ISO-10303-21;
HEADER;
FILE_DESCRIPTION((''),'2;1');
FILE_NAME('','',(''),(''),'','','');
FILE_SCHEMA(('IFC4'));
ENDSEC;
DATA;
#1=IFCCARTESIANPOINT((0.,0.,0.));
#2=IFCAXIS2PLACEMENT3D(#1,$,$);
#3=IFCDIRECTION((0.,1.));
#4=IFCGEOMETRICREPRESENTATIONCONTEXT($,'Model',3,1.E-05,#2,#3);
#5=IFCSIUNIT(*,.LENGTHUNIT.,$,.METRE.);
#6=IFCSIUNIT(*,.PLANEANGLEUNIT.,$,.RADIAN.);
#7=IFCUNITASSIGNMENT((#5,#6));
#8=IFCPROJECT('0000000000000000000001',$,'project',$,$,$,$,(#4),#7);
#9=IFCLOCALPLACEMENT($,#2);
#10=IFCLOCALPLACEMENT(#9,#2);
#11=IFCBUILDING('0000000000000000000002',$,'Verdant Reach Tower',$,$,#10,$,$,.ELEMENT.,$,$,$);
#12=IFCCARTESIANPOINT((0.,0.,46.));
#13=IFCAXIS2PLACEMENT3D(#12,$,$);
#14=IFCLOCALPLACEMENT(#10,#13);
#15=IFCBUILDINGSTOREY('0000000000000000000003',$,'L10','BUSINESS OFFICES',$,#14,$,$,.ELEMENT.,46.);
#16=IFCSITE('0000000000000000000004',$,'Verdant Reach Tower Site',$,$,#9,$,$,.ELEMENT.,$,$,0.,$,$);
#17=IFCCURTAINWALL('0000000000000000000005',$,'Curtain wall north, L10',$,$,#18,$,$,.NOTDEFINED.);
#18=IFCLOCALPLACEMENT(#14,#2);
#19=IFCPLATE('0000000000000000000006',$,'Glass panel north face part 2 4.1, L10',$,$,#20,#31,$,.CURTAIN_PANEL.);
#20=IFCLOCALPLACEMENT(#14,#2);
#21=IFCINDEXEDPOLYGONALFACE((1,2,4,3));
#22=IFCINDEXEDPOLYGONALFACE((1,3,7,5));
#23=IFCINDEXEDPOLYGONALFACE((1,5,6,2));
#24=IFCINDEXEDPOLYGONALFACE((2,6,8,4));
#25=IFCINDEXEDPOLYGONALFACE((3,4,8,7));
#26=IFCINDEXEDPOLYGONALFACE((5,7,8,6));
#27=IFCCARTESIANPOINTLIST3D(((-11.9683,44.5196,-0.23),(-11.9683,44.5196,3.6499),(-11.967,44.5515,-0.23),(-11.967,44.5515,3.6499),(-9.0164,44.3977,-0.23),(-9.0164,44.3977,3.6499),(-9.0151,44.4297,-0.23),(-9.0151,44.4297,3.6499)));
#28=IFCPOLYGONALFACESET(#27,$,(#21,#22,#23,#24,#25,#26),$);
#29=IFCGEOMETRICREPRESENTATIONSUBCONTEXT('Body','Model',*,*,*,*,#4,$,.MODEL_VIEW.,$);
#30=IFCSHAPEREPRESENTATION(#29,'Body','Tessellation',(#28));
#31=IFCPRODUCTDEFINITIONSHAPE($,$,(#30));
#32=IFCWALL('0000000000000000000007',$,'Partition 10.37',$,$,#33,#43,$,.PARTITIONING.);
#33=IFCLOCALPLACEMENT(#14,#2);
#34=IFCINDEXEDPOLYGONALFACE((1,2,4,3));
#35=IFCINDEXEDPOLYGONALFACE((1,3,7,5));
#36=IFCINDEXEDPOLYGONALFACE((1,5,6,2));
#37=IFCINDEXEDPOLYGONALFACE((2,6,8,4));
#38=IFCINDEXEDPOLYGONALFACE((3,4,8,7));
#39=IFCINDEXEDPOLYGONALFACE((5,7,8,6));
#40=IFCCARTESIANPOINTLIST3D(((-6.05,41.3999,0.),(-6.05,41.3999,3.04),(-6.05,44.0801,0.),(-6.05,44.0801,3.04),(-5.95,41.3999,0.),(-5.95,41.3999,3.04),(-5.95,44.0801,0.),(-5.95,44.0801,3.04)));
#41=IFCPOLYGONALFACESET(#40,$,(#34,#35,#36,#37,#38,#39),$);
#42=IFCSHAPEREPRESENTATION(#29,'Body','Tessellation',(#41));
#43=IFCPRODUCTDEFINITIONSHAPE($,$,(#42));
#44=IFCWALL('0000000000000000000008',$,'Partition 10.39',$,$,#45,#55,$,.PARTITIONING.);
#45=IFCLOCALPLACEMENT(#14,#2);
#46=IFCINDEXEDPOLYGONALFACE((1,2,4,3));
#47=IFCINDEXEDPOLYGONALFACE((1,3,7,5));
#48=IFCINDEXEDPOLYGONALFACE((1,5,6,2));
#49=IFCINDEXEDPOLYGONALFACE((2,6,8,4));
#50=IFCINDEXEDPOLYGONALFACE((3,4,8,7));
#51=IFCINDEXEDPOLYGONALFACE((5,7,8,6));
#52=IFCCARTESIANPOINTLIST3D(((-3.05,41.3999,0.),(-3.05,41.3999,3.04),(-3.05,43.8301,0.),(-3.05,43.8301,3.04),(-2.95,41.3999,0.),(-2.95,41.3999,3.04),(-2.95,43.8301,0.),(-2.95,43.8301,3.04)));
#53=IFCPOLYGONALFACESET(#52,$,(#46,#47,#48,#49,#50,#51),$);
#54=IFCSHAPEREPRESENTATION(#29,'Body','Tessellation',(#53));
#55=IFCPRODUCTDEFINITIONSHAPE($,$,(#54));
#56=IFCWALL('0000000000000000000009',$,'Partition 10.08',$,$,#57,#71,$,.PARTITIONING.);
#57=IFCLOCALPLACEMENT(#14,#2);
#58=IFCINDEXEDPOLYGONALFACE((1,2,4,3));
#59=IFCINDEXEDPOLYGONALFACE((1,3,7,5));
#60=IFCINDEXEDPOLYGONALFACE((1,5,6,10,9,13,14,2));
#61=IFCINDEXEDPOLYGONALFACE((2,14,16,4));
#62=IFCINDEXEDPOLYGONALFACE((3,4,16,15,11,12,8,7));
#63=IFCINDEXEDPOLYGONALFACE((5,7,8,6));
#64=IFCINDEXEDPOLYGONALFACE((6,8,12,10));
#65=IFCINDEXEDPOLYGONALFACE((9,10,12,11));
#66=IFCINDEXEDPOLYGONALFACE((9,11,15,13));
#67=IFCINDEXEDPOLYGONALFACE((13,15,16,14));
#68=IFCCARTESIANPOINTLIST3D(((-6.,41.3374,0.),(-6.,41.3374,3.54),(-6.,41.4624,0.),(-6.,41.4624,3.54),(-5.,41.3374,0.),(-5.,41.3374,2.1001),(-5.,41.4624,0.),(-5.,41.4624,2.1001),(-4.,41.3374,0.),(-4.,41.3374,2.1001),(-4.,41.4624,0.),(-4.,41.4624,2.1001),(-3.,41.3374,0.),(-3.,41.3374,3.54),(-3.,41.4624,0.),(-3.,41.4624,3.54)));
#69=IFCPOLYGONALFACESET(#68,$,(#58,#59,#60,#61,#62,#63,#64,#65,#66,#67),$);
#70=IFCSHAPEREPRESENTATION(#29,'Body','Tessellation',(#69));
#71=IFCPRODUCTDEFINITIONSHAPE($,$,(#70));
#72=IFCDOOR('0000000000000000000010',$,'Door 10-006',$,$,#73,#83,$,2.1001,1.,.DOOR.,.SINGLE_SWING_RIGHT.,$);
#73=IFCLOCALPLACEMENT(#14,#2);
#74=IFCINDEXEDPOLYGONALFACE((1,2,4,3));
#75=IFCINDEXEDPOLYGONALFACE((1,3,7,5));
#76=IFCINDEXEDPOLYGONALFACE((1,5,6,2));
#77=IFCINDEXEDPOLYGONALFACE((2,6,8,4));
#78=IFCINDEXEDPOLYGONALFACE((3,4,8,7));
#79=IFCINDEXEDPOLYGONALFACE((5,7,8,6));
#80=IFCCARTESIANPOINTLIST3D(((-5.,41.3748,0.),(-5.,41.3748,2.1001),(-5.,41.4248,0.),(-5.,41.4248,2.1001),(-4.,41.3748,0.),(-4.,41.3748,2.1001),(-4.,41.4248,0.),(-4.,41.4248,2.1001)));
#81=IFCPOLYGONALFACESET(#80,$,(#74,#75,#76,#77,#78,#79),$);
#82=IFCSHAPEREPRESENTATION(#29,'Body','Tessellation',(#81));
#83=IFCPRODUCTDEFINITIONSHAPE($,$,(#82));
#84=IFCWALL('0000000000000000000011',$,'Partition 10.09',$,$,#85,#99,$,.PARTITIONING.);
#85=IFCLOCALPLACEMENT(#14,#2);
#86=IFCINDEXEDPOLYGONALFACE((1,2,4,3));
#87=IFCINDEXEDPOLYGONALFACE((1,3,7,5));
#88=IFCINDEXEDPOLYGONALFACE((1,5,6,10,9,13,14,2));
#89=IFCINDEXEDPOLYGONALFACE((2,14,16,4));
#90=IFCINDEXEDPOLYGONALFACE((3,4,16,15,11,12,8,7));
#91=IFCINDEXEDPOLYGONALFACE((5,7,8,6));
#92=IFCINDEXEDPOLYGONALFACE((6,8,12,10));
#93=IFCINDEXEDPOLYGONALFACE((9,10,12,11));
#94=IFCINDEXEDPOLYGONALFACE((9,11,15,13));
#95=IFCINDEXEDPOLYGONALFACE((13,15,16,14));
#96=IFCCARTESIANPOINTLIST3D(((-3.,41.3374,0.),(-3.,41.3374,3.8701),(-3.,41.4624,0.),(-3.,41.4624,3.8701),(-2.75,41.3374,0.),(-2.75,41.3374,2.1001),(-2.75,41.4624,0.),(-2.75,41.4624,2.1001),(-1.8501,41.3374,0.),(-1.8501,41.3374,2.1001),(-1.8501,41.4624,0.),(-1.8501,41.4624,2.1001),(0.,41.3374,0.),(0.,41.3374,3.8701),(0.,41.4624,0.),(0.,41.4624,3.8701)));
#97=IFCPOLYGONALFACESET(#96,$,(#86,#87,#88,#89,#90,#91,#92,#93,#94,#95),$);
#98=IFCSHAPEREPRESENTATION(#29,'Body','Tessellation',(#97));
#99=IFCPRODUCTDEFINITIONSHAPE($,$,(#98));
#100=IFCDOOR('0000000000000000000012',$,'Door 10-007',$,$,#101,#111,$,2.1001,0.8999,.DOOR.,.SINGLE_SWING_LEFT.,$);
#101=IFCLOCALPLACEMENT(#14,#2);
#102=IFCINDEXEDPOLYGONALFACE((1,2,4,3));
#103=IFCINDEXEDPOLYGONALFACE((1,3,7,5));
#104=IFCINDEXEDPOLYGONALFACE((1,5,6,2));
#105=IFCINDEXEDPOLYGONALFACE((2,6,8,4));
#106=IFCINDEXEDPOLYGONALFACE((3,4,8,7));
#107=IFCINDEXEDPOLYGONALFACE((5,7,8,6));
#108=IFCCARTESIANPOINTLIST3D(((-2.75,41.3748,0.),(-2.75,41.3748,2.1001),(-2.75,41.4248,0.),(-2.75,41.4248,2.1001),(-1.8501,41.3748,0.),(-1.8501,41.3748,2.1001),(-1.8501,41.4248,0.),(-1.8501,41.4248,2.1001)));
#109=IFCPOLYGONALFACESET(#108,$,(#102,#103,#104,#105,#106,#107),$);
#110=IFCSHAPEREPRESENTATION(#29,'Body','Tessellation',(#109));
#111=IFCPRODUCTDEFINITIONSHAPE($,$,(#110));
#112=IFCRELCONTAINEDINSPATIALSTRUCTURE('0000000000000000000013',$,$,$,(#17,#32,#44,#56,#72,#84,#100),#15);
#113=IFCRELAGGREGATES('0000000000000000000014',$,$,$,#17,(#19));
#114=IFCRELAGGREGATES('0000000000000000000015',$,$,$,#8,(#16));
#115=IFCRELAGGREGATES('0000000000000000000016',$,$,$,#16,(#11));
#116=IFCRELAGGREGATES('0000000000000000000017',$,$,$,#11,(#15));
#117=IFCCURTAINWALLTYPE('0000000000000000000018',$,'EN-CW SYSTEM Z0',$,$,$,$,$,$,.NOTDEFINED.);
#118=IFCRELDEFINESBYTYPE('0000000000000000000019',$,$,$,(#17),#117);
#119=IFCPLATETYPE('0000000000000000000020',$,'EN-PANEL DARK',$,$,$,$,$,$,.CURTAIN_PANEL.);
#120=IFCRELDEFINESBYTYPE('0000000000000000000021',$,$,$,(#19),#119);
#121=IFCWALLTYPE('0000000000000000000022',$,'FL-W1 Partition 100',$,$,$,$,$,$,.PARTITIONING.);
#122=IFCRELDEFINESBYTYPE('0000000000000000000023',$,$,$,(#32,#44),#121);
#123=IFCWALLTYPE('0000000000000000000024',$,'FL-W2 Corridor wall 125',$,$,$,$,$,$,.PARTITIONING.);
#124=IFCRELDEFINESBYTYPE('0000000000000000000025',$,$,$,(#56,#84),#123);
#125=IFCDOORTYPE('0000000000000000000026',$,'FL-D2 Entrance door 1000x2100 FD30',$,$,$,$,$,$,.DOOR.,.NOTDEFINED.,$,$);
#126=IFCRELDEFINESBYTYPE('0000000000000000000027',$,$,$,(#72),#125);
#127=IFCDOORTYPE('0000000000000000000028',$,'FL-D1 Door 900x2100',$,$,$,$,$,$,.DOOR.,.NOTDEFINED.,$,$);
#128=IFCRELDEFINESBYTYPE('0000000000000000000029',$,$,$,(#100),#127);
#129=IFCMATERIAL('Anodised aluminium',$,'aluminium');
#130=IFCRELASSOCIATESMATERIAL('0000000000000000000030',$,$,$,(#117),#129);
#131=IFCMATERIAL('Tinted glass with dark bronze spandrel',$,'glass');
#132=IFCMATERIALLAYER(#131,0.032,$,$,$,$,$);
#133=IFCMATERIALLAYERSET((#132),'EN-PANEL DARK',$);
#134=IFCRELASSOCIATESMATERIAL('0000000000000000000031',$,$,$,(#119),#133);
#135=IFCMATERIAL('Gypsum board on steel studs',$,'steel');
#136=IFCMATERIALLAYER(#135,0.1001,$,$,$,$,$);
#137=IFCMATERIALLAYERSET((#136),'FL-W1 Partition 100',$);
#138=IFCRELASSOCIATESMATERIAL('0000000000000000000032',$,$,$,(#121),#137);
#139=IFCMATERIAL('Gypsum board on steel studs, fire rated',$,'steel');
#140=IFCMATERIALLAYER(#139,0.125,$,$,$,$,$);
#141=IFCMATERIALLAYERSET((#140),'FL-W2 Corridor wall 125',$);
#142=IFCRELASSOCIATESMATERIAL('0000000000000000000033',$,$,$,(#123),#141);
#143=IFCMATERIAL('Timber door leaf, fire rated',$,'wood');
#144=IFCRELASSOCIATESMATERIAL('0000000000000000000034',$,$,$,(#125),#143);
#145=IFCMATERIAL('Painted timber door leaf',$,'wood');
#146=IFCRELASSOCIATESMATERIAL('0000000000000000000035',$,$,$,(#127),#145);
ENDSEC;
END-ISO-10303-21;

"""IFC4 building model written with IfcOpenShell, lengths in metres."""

from ifc_helpers import new_model, si_unit, direction, frame, frame_2d, origin, origin_2d, place, context, subcontext, project, spatial, rectangle, extrude, material, layer, layer_set, type_object, element, fill, aggregate, save


model = new_model("IFC4")

# Units and contexts
model_context = context("Model", 3, precision=1e-05, world=origin(), true_north=direction((0.0, 1.0)))
body_context = subcontext(model_context, "Body", "Model", "MODEL_VIEW")
ifc_project = project(units=[si_unit("LENGTHUNIT", "METRE"), si_unit("PLANEANGLEUNIT", "RADIAN")], contexts=[model_context])

# Site, building, storey
site_placement = place(None, origin())
site = spatial("IfcSite", under=ifc_project, at=site_placement, Name="Verdant Reach Tower Site", CompositionType="ELEMENT", RefElevation=0.0)
building_placement = place(site_placement, origin())
building = spatial("IfcBuilding", under=site, at=building_placement, Name="Verdant Reach Tower", CompositionType="ELEMENT")
storey_placement = place(building_placement, frame((0.0, 0.0, 46.0)))
storey = spatial("IfcBuildingStorey", under=building, at=storey_placement, Name="L10", Description="BUSINESS OFFICES", CompositionType="ELEMENT", Elevation=46.0)

# Curtain wall
ifc_material_1 = material(Name="Anodised aluminium", Category="aluminium")
curtain_wall_type = type_object("IfcCurtainWallType", Name="EN-CW SYSTEM Z0", PredefinedType="NOTDEFINED", material=ifc_material_1)
curtain_wall_placement = place(storey_placement, origin())
curtain_wall = element("IfcCurtainWall", 1, at=curtain_wall_placement, inside=storey, type_object=curtain_wall_type, Name="Curtain wall north, L10", PredefinedType="NOTDEFINED")

# Plate
ifc_material_2 = material(Name="Tinted glass with dark bronze spandrel", Category="glass")
ifc_layer_1 = layer(ifc_material_2, 0.032)
ifc_layer_set_1 = layer_set([ifc_layer_1], Name="EN-PANEL DARK")
plate_type_1 = type_object("IfcPlateType", Name="EN-PANEL DARK", PredefinedType="CURTAIN_PANEL", material=ifc_layer_set_1)
plate_1_placement = place(storey_placement, frame((-10.4917, 44.4746, -0.23), z_axis=(0.0, 0.0, 1.0), x_axis=(-0.999149, 0.041242, 0.0)))
plate_1 = element("IfcPlate", 2, at=plate_1_placement, type_object=plate_type_1, Name="Glass panel north face part 2 4.1, L10", PredefinedType="CURTAIN_PANEL", context=body_context, shape_type="SweptSolid", body=[
    extrude(rectangle(XDim=2.9543, YDim=0.032, at=origin_2d()), origin(), (0.0, 0.0, 1.0), 3.8799),
])
aggregate(curtain_wall, [plate_1])

# Walls
ifc_material_3 = material(Name="Gypsum board on steel studs", Category="steel")
ifc_layer_2 = layer(ifc_material_3, 0.1001)
ifc_layer_set_2 = layer_set([ifc_layer_2], Name="FL-W1 Partition 100")
wall_type_1 = type_object("IfcWallType", Name="FL-W1 Partition 100", PredefinedType="PARTITIONING", material=ifc_layer_set_2)
wall_1_placement = place(storey_placement, frame((-6.0, 41.3999, 0.0), z_axis=(0.0, 0.0, 1.0), x_axis=(0.0, 1.0, 0.0)))
element("IfcWall", 3, at=wall_1_placement, inside=storey, type_object=wall_type_1, Name="Partition 10.37", PredefinedType="PARTITIONING", context=body_context, shape_type="SweptSolid", body=[
    extrude(rectangle(XDim=2.6802, YDim=0.1001, at=frame_2d((1.3401, 0.0))), origin(), (0.0, 0.0, 1.0), 3.04),
])
wall_2_placement = place(storey_placement, frame((-3.0, 41.3999, 0.0), z_axis=(0.0, 0.0, 1.0), x_axis=(0.0, 1.0, 0.0)))
element("IfcWall", 4, at=wall_2_placement, inside=storey, type_object=wall_type_1, Name="Partition 10.39", PredefinedType="PARTITIONING", context=body_context, shape_type="SweptSolid", body=[
    extrude(rectangle(XDim=2.4302, YDim=0.1001, at=frame_2d((1.2151, 0.0))), origin(), (0.0, 0.0, 1.0), 3.04),
])

# Walls, openings, doors
ifc_material_4 = material(Name="Gypsum board on steel studs, fire rated", Category="steel")
ifc_layer_3 = layer(ifc_material_4, 0.125)
ifc_layer_set_3 = layer_set([ifc_layer_3], Name="FL-W2 Corridor wall 125")
wall_type_2 = type_object("IfcWallType", Name="FL-W2 Corridor wall 125", PredefinedType="PARTITIONING", material=ifc_layer_set_3)
wall_3_placement = place(storey_placement, frame((-6.0, 41.3999, 0.0), z_axis=(0.0, 0.0, 1.0), x_axis=(1.0, 0.0, 0.0)))
wall_3 = element("IfcWall", 5, at=wall_3_placement, inside=storey, type_object=wall_type_2, Name="Partition 10.08", PredefinedType="PARTITIONING", context=body_context, shape_type="SweptSolid", body=[
    extrude(rectangle(XDim=3.0, YDim=0.125, at=frame_2d((1.5, 0.0))), origin(), (0.0, 0.0, 1.0), 3.54),
])
opening_1_placement = place(wall_3_placement, frame((1.0, 0.0, 0.0)))
opening_1 = element("IfcOpeningElement", 6, at=opening_1_placement, cuts=wall_3, PredefinedType="OPENING", context=body_context, shape_type="SweptSolid", body=[
    extrude(rectangle(XDim=1.0, YDim=2.1001, at=frame_2d((0.5, 1.05))), frame((0.0, 0.0725, 0.0), z_axis=(0.0, -1.0, 0.0), x_axis=(1.0, 0.0, 0.0)), (0.0, 0.0, 1.0), 0.145),
])
ifc_material_5 = material(Name="Timber door leaf, fire rated", Category="wood")
door_type_1 = type_object("IfcDoorType", Name="FL-D2 Entrance door 1000x2100 FD30", OperationType="NOTDEFINED", PredefinedType="DOOR", material=ifc_material_5)
door_1_placement = place(opening_1_placement, origin())
door_1 = element("IfcDoor", 7, at=door_1_placement, inside=storey, type_object=door_type_1, Name="Door 10-006", OperationType="SINGLE_SWING_RIGHT", OverallHeight=2.1001, OverallWidth=1.0, PredefinedType="DOOR", context=body_context, shape_type="SweptSolid", body=[
    extrude(rectangle(XDim=1.0, YDim=2.1001, at=frame_2d((0.5, 1.05))), frame((0.0, 0.0249, 0.0), z_axis=(0.0, -1.0, 0.0), x_axis=(1.0, 0.0, 0.0)), (0.0, 0.0, 1.0), 0.05),
])
fill(opening_1, door_1)
wall_4_placement = place(storey_placement, frame((-3.0, 41.3999, 0.0), z_axis=(0.0, 0.0, 1.0), x_axis=(1.0, 0.0, 0.0)))
wall_4 = element("IfcWall", 8, at=wall_4_placement, inside=storey, type_object=wall_type_2, Name="Partition 10.09", PredefinedType="PARTITIONING", context=body_context, shape_type="SweptSolid", body=[
    extrude(rectangle(XDim=3.0, YDim=0.125, at=frame_2d((1.5, 0.0))), origin(), (0.0, 0.0, 1.0), 3.8701),
])
opening_2_placement = place(wall_4_placement, frame((0.25, 0.0, 0.0)))
opening_2 = element("IfcOpeningElement", 9, at=opening_2_placement, cuts=wall_4, PredefinedType="OPENING", context=body_context, shape_type="SweptSolid", body=[
    extrude(rectangle(XDim=0.8999, YDim=2.1001, at=frame_2d((0.45, 1.05))), frame((0.0, 0.0725, 0.0), z_axis=(0.0, -1.0, 0.0), x_axis=(1.0, 0.0, 0.0)), (0.0, 0.0, 1.0), 0.145),
])
ifc_material_6 = material(Name="Painted timber door leaf", Category="wood")
door_type_2 = type_object("IfcDoorType", Name="FL-D1 Door 900x2100", OperationType="NOTDEFINED", PredefinedType="DOOR", material=ifc_material_6)
door_2_placement = place(opening_2_placement, origin())
door_2 = element("IfcDoor", 10, at=door_2_placement, inside=storey, type_object=door_type_2, Name="Door 10-007", OperationType="SINGLE_SWING_LEFT", OverallHeight=2.1001, OverallWidth=0.8999, PredefinedType="DOOR", context=body_context, shape_type="SweptSolid", body=[
    extrude(rectangle(XDim=0.8999, YDim=2.1001, at=frame_2d((0.45, 1.05))), frame((0.0, 0.0249, 0.0), z_axis=(0.0, -1.0, 0.0), x_axis=(1.0, 0.0, 0.0)), (0.0, 0.0, 1.0), 0.05),
])
fill(opening_2, door_2)

save(model, "model.ifc")
